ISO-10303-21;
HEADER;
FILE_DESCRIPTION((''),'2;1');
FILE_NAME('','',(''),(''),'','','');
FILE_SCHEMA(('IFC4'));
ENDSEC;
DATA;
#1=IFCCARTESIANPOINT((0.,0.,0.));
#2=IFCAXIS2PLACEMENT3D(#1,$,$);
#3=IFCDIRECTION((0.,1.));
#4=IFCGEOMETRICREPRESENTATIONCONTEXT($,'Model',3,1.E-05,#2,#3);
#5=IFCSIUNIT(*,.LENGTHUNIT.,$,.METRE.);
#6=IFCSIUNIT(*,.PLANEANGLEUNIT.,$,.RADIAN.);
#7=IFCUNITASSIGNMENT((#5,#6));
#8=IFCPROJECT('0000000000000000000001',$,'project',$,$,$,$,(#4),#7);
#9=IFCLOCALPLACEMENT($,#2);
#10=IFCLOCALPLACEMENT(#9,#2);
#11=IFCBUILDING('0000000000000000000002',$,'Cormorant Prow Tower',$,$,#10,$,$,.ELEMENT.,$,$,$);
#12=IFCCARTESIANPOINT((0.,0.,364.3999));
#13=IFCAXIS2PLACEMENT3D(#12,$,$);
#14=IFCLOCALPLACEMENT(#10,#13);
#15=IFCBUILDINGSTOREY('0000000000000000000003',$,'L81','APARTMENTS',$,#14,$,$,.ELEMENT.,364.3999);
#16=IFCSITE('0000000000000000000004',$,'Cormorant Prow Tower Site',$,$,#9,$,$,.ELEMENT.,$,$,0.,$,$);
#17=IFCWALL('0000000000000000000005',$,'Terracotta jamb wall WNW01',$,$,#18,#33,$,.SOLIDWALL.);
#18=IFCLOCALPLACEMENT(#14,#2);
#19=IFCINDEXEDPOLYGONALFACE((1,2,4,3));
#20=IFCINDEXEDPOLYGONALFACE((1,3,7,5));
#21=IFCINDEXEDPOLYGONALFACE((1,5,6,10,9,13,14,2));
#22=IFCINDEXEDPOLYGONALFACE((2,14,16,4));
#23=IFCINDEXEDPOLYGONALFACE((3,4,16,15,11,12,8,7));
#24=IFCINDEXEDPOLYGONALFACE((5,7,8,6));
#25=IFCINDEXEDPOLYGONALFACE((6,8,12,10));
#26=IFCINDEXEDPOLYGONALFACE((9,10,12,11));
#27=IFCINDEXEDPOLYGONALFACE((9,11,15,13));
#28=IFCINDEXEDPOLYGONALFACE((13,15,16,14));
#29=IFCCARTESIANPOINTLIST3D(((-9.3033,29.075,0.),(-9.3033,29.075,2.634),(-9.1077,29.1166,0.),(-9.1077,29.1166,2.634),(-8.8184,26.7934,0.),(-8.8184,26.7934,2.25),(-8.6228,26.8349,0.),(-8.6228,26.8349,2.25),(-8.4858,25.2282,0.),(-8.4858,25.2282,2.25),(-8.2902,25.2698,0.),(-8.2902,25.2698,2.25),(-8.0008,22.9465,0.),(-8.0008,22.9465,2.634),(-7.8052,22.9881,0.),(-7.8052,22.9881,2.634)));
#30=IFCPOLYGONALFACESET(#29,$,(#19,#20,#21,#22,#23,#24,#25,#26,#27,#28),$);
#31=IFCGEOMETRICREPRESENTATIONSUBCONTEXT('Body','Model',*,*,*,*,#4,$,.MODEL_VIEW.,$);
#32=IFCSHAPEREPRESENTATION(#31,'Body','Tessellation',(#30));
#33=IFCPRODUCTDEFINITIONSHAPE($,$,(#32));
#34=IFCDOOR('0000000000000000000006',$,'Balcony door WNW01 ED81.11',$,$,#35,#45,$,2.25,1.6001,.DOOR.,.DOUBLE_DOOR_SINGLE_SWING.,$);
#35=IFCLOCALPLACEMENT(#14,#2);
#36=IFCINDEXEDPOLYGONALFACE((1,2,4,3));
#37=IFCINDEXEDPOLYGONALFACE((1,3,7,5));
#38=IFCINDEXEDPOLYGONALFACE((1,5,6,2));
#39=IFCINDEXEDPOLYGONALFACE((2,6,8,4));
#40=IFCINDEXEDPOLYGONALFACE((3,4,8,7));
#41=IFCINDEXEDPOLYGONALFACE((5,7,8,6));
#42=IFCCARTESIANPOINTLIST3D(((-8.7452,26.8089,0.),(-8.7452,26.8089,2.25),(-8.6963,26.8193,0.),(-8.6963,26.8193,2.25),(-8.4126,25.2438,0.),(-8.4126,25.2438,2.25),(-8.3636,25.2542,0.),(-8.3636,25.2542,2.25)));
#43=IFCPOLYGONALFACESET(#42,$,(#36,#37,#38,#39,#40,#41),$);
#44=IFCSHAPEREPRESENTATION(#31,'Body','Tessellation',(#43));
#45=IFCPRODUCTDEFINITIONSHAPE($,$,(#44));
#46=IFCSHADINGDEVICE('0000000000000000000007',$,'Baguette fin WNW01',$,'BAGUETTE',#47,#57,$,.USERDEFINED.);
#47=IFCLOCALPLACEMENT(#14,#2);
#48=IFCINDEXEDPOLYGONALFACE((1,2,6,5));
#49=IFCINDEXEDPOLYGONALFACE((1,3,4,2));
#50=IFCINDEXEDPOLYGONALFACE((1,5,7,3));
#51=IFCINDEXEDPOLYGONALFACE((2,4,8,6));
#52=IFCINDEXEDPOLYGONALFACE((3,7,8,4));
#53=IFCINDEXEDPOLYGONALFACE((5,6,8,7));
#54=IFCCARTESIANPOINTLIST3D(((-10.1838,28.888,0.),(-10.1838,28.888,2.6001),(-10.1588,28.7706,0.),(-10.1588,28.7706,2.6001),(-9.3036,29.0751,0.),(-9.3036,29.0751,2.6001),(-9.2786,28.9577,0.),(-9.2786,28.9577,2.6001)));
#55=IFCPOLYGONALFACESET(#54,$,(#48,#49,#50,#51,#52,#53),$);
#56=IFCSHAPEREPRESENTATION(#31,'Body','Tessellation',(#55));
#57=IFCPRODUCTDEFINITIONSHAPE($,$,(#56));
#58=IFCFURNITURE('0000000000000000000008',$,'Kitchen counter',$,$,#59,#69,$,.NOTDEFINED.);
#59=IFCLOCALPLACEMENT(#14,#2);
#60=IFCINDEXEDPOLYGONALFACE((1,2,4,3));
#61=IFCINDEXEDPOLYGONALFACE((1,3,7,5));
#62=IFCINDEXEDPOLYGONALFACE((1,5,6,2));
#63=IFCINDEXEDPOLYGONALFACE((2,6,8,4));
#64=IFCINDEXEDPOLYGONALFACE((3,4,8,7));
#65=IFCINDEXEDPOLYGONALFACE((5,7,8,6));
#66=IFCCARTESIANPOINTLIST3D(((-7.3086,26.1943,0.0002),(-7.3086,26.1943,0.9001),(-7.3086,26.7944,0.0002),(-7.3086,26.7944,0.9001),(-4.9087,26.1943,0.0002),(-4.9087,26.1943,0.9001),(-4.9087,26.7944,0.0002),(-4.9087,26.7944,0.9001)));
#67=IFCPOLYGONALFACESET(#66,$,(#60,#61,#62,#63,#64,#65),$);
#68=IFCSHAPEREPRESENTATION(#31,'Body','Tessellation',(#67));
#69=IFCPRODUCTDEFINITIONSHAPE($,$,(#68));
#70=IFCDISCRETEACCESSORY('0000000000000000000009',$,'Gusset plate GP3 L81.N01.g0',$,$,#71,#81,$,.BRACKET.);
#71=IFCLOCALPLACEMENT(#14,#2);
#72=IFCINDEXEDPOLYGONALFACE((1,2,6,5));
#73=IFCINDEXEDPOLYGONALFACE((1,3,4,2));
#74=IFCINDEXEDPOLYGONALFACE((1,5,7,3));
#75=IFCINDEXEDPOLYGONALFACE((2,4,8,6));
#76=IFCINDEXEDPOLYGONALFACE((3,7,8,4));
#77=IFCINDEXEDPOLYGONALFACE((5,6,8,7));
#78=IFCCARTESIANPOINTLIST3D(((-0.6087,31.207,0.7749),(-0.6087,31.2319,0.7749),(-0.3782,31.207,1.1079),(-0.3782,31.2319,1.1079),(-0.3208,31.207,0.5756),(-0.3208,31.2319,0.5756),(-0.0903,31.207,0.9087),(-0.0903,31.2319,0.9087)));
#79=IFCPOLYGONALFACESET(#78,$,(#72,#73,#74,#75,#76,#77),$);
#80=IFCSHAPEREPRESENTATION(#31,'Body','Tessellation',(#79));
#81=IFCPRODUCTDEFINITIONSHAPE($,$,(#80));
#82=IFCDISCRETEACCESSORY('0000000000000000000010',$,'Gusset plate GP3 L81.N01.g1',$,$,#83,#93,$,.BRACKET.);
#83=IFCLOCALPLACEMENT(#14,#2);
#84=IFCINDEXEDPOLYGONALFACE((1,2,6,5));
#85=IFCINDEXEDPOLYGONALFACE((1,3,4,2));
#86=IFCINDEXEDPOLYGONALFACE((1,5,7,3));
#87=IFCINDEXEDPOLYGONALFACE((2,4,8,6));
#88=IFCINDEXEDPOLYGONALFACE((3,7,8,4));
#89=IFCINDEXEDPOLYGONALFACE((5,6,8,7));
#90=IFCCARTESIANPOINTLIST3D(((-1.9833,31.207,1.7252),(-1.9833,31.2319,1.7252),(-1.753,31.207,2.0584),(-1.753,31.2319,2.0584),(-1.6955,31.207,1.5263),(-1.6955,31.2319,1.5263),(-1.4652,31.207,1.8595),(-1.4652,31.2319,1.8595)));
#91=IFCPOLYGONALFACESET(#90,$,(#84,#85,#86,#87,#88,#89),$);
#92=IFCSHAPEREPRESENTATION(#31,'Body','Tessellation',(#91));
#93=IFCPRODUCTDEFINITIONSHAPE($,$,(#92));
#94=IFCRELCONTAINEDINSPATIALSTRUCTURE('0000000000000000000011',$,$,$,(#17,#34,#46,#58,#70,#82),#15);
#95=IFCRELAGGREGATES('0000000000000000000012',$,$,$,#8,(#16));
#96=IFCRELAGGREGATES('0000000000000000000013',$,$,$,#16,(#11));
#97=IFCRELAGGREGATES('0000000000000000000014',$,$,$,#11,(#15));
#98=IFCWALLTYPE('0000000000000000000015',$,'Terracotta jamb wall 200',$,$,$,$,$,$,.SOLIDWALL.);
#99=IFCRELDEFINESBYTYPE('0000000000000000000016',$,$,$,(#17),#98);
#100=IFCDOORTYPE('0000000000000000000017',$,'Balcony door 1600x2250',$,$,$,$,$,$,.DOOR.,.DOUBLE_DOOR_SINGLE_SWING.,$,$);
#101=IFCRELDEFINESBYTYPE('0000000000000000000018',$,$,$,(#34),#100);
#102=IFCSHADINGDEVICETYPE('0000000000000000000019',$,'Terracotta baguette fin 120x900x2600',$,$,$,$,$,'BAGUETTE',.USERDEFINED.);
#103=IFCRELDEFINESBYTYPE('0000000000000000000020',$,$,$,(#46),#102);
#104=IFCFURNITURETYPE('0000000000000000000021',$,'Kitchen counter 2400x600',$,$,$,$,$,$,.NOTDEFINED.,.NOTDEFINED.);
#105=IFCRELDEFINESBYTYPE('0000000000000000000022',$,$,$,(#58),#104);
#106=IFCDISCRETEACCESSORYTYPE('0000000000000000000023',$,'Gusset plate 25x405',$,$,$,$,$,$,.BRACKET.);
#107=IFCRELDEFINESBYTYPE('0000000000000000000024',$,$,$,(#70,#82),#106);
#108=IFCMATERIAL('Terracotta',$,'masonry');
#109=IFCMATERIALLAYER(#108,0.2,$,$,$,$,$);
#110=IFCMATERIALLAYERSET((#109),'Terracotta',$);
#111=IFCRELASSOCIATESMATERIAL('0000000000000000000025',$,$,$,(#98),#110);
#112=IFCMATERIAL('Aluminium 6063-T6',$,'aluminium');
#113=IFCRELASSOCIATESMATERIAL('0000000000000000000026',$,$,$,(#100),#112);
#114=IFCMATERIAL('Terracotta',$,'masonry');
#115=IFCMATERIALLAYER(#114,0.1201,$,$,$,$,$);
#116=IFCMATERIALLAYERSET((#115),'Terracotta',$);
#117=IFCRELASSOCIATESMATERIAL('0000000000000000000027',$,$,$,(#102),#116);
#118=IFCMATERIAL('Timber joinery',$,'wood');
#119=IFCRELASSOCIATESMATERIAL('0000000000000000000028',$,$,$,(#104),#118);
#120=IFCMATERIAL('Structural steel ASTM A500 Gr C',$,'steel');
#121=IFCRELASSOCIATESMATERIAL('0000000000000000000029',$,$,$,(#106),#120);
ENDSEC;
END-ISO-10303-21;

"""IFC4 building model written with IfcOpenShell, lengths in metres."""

from ifc_helpers import new_model, si_unit, direction, frame, frame_2d, origin, origin_2d, place, context, subcontext, project, spatial, rectangle, extrude, material, layer, layer_set, material_profile, profile_set, type_object, element, fill, save


model = new_model("IFC4")

# Units and contexts
model_context = context("Model", 3, precision=1e-05, world=origin(), true_north=direction((0.0, 1.0)))
body_context = subcontext(model_context, "Body", "Model", "MODEL_VIEW")
ifc_project = project(units=[si_unit("LENGTHUNIT", "METRE"), si_unit("PLANEANGLEUNIT", "RADIAN")], contexts=[model_context])

# Site, building, storey
site_placement = place(None, origin())
site = spatial("IfcSite", under=ifc_project, at=site_placement, Name="Cormorant Prow Tower Site", CompositionType="ELEMENT", RefElevation=0.0)
building_placement = place(site_placement, origin())
building = spatial("IfcBuilding", under=site, at=building_placement, Name="Cormorant Prow Tower", CompositionType="ELEMENT")
storey_placement = place(building_placement, frame((0.0, 0.0, 364.3999)))
storey = spatial("IfcBuildingStorey", under=building, at=storey_placement, Name="L81", Description="APARTMENTS", CompositionType="ELEMENT", Elevation=364.3999)

# Wall, opening, door
ifc_material_1 = material(Name="Terracotta", Category="masonry")
ifc_layer_1 = layer(ifc_material_1, 0.2)
ifc_layer_set_1 = layer_set([ifc_layer_1], Name="Terracotta")
wall_type_1 = type_object("IfcWallType", Name="Terracotta jamb wall 200", PredefinedType="SOLIDWALL", material=ifc_layer_set_1)
wall_1_placement = place(storey_placement, frame((-9.2056, 29.0959, 0.0), z_axis=(0.0, 0.0, 1.0), x_axis=(0.20789, -0.978152, 0.0)))
wall_1 = element("IfcWall", 1, at=wall_1_placement, inside=storey, type_object=wall_type_1, Name="Terracotta jamb wall WNW01", PredefinedType="SOLIDWALL", context=body_context, shape_type="SweptSolid", body=[
    extrude(rectangle(XDim=6.2654, YDim=0.2, at=frame_2d((3.1328, 0.0))), origin(), (0.0, 0.0, 1.0), 2.634),
])
opening_1_placement = place(wall_1_placement, frame((2.3328, 0.0, 0.0)))
opening_1 = element("IfcOpeningElement", 2, at=opening_1_placement, cuts=wall_1, PredefinedType="OPENING", context=body_context, shape_type="SweptSolid", body=[
    extrude(rectangle(XDim=1.6001, YDim=2.25, at=frame_2d((0.8, 1.125))), frame((0.0, 0.1099, 0.0), z_axis=(0.0, -1.0, 0.0), x_axis=(1.0, 0.0, 0.0)), (0.0, 0.0, 1.0), 0.22),
])
ifc_material_2 = material(Name="Aluminium 6063-T6", Category="aluminium")
door_type_1 = type_object("IfcDoorType", Name="Balcony door 1600x2250", OperationType="DOUBLE_DOOR_SINGLE_SWING", PredefinedType="DOOR", material=ifc_material_2)
door_1_placement = place(opening_1_placement, origin())
door_1 = element("IfcDoor", 3, at=door_1_placement, inside=storey, type_object=door_type_1, Name="Balcony door WNW01 ED81.11", OperationType="DOUBLE_DOOR_SINGLE_SWING", OverallHeight=2.25, OverallWidth=1.6001, PredefinedType="DOOR", context=body_context, shape_type="SweptSolid", body=[
    extrude(rectangle(XDim=1.6001, YDim=2.25, at=frame_2d((0.8, 1.125))), frame((0.0, 0.0249, 0.0), z_axis=(0.0, -1.0, 0.0), x_axis=(1.0, 0.0, 0.0)), (0.0, 0.0, 1.0), 0.05),
])
fill(opening_1, door_1)

# Shading device
ifc_material_3 = material(Name="Terracotta", Category="masonry")
ifc_layer_2 = layer(ifc_material_3, 0.1201)
ifc_layer_set_2 = layer_set([ifc_layer_2], Name="Terracotta")
shading_device_type = type_object("IfcShadingDeviceType", Name="Terracotta baguette fin 120x900x2600", ElementType="BAGUETTE", PredefinedType="USERDEFINED", material=ifc_layer_set_2)
shading_device_placement = place(storey_placement, frame((-9.7312, 28.9229, 0.0), z_axis=(0.0, 0.0, 1.0), x_axis=(0.207912, -0.978148, 0.0)))
element("IfcShadingDevice", 4, at=shading_device_placement, inside=storey, type_object=shading_device_type, Name="Baguette fin WNW01", ObjectType="BAGUETTE", PredefinedType="USERDEFINED", context=body_context, shape_type="SweptSolid", body=[
    extrude(rectangle(XDim=0.1201, YDim=0.8999, at=origin_2d()), origin(), (0.0, 0.0, 1.0), 2.6001),
])

# Furniture
ifc_material_4 = material(Name="Timber joinery", Category="wood")
furniture_type = type_object("IfcFurnitureType", Name="Kitchen counter 2400x600", AssemblyPlace="NOTDEFINED", PredefinedType="NOTDEFINED", material=ifc_material_4)
furniture_placement = place(storey_placement, frame((-6.1086, 26.4944, 0.0002), z_axis=(0.0, 0.0, 1.0), x_axis=(1.0, 0.0, 0.0)))
element("IfcFurniture", 5, at=furniture_placement, inside=storey, type_object=furniture_type, Name="Kitchen counter", PredefinedType="NOTDEFINED", context=body_context, shape_type="SweptSolid", body=[
    extrude(rectangle(XDim=2.3999, YDim=0.6001, at=origin_2d()), origin(), (0.0, 0.0, 1.0), 0.8999),
])

# Discrete accessories
ifc_material_5 = material(Name="Structural steel ASTM A500 Gr C", Category="steel")
ifc_material_profile_1 = material_profile(ifc_material_5, rectangle(XDim=0.0249, YDim=0.405, at=origin_2d()), Name="Gusset plate 25x405")
ifc_profile_set_1 = profile_set([ifc_material_profile_1], Name="Structural steel ASTM A500 Gr C")
discrete_accessory_type = type_object("IfcDiscreteAccessoryType", Name="Gusset plate 25x405", PredefinedType="BRACKET", material=ifc_profile_set_1)
discrete_accessory_1_placement = place(storey_placement, frame((-0.4934, 31.2195, 0.9414), z_axis=(0.822268, 0.0, -0.569101), x_axis=(0.0, 1.0, 0.0)))
element("IfcDiscreteAccessory", 6, at=discrete_accessory_1_placement, inside=storey, type_object=discrete_accessory_type, Name="Gusset plate GP3 L81.N01.g0", PredefinedType="BRACKET", context=body_context, shape_type="SweptSolid", body=[
    extrude(rectangle(XDim=0.0249, YDim=0.405, at=origin_2d()), origin(), (0.0, 0.0, 1.0), 0.3501),
])
discrete_accessory_2_placement = place(storey_placement, frame((-1.5803, 31.2195, 1.6929), z_axis=(-0.822594, 0.0, 0.568629), x_axis=(0.0, -1.0, 0.0)))
element("IfcDiscreteAccessory", 7, at=discrete_accessory_2_placement, inside=storey, type_object=discrete_accessory_type, Name="Gusset plate GP3 L81.N01.g1", PredefinedType="BRACKET", context=body_context, shape_type="SweptSolid", body=[
    extrude(rectangle(XDim=0.0249, YDim=0.405, at=origin_2d()), origin(), (0.0, 0.0, 1.0), 0.3499),
])

save(model, "model.ifc")
